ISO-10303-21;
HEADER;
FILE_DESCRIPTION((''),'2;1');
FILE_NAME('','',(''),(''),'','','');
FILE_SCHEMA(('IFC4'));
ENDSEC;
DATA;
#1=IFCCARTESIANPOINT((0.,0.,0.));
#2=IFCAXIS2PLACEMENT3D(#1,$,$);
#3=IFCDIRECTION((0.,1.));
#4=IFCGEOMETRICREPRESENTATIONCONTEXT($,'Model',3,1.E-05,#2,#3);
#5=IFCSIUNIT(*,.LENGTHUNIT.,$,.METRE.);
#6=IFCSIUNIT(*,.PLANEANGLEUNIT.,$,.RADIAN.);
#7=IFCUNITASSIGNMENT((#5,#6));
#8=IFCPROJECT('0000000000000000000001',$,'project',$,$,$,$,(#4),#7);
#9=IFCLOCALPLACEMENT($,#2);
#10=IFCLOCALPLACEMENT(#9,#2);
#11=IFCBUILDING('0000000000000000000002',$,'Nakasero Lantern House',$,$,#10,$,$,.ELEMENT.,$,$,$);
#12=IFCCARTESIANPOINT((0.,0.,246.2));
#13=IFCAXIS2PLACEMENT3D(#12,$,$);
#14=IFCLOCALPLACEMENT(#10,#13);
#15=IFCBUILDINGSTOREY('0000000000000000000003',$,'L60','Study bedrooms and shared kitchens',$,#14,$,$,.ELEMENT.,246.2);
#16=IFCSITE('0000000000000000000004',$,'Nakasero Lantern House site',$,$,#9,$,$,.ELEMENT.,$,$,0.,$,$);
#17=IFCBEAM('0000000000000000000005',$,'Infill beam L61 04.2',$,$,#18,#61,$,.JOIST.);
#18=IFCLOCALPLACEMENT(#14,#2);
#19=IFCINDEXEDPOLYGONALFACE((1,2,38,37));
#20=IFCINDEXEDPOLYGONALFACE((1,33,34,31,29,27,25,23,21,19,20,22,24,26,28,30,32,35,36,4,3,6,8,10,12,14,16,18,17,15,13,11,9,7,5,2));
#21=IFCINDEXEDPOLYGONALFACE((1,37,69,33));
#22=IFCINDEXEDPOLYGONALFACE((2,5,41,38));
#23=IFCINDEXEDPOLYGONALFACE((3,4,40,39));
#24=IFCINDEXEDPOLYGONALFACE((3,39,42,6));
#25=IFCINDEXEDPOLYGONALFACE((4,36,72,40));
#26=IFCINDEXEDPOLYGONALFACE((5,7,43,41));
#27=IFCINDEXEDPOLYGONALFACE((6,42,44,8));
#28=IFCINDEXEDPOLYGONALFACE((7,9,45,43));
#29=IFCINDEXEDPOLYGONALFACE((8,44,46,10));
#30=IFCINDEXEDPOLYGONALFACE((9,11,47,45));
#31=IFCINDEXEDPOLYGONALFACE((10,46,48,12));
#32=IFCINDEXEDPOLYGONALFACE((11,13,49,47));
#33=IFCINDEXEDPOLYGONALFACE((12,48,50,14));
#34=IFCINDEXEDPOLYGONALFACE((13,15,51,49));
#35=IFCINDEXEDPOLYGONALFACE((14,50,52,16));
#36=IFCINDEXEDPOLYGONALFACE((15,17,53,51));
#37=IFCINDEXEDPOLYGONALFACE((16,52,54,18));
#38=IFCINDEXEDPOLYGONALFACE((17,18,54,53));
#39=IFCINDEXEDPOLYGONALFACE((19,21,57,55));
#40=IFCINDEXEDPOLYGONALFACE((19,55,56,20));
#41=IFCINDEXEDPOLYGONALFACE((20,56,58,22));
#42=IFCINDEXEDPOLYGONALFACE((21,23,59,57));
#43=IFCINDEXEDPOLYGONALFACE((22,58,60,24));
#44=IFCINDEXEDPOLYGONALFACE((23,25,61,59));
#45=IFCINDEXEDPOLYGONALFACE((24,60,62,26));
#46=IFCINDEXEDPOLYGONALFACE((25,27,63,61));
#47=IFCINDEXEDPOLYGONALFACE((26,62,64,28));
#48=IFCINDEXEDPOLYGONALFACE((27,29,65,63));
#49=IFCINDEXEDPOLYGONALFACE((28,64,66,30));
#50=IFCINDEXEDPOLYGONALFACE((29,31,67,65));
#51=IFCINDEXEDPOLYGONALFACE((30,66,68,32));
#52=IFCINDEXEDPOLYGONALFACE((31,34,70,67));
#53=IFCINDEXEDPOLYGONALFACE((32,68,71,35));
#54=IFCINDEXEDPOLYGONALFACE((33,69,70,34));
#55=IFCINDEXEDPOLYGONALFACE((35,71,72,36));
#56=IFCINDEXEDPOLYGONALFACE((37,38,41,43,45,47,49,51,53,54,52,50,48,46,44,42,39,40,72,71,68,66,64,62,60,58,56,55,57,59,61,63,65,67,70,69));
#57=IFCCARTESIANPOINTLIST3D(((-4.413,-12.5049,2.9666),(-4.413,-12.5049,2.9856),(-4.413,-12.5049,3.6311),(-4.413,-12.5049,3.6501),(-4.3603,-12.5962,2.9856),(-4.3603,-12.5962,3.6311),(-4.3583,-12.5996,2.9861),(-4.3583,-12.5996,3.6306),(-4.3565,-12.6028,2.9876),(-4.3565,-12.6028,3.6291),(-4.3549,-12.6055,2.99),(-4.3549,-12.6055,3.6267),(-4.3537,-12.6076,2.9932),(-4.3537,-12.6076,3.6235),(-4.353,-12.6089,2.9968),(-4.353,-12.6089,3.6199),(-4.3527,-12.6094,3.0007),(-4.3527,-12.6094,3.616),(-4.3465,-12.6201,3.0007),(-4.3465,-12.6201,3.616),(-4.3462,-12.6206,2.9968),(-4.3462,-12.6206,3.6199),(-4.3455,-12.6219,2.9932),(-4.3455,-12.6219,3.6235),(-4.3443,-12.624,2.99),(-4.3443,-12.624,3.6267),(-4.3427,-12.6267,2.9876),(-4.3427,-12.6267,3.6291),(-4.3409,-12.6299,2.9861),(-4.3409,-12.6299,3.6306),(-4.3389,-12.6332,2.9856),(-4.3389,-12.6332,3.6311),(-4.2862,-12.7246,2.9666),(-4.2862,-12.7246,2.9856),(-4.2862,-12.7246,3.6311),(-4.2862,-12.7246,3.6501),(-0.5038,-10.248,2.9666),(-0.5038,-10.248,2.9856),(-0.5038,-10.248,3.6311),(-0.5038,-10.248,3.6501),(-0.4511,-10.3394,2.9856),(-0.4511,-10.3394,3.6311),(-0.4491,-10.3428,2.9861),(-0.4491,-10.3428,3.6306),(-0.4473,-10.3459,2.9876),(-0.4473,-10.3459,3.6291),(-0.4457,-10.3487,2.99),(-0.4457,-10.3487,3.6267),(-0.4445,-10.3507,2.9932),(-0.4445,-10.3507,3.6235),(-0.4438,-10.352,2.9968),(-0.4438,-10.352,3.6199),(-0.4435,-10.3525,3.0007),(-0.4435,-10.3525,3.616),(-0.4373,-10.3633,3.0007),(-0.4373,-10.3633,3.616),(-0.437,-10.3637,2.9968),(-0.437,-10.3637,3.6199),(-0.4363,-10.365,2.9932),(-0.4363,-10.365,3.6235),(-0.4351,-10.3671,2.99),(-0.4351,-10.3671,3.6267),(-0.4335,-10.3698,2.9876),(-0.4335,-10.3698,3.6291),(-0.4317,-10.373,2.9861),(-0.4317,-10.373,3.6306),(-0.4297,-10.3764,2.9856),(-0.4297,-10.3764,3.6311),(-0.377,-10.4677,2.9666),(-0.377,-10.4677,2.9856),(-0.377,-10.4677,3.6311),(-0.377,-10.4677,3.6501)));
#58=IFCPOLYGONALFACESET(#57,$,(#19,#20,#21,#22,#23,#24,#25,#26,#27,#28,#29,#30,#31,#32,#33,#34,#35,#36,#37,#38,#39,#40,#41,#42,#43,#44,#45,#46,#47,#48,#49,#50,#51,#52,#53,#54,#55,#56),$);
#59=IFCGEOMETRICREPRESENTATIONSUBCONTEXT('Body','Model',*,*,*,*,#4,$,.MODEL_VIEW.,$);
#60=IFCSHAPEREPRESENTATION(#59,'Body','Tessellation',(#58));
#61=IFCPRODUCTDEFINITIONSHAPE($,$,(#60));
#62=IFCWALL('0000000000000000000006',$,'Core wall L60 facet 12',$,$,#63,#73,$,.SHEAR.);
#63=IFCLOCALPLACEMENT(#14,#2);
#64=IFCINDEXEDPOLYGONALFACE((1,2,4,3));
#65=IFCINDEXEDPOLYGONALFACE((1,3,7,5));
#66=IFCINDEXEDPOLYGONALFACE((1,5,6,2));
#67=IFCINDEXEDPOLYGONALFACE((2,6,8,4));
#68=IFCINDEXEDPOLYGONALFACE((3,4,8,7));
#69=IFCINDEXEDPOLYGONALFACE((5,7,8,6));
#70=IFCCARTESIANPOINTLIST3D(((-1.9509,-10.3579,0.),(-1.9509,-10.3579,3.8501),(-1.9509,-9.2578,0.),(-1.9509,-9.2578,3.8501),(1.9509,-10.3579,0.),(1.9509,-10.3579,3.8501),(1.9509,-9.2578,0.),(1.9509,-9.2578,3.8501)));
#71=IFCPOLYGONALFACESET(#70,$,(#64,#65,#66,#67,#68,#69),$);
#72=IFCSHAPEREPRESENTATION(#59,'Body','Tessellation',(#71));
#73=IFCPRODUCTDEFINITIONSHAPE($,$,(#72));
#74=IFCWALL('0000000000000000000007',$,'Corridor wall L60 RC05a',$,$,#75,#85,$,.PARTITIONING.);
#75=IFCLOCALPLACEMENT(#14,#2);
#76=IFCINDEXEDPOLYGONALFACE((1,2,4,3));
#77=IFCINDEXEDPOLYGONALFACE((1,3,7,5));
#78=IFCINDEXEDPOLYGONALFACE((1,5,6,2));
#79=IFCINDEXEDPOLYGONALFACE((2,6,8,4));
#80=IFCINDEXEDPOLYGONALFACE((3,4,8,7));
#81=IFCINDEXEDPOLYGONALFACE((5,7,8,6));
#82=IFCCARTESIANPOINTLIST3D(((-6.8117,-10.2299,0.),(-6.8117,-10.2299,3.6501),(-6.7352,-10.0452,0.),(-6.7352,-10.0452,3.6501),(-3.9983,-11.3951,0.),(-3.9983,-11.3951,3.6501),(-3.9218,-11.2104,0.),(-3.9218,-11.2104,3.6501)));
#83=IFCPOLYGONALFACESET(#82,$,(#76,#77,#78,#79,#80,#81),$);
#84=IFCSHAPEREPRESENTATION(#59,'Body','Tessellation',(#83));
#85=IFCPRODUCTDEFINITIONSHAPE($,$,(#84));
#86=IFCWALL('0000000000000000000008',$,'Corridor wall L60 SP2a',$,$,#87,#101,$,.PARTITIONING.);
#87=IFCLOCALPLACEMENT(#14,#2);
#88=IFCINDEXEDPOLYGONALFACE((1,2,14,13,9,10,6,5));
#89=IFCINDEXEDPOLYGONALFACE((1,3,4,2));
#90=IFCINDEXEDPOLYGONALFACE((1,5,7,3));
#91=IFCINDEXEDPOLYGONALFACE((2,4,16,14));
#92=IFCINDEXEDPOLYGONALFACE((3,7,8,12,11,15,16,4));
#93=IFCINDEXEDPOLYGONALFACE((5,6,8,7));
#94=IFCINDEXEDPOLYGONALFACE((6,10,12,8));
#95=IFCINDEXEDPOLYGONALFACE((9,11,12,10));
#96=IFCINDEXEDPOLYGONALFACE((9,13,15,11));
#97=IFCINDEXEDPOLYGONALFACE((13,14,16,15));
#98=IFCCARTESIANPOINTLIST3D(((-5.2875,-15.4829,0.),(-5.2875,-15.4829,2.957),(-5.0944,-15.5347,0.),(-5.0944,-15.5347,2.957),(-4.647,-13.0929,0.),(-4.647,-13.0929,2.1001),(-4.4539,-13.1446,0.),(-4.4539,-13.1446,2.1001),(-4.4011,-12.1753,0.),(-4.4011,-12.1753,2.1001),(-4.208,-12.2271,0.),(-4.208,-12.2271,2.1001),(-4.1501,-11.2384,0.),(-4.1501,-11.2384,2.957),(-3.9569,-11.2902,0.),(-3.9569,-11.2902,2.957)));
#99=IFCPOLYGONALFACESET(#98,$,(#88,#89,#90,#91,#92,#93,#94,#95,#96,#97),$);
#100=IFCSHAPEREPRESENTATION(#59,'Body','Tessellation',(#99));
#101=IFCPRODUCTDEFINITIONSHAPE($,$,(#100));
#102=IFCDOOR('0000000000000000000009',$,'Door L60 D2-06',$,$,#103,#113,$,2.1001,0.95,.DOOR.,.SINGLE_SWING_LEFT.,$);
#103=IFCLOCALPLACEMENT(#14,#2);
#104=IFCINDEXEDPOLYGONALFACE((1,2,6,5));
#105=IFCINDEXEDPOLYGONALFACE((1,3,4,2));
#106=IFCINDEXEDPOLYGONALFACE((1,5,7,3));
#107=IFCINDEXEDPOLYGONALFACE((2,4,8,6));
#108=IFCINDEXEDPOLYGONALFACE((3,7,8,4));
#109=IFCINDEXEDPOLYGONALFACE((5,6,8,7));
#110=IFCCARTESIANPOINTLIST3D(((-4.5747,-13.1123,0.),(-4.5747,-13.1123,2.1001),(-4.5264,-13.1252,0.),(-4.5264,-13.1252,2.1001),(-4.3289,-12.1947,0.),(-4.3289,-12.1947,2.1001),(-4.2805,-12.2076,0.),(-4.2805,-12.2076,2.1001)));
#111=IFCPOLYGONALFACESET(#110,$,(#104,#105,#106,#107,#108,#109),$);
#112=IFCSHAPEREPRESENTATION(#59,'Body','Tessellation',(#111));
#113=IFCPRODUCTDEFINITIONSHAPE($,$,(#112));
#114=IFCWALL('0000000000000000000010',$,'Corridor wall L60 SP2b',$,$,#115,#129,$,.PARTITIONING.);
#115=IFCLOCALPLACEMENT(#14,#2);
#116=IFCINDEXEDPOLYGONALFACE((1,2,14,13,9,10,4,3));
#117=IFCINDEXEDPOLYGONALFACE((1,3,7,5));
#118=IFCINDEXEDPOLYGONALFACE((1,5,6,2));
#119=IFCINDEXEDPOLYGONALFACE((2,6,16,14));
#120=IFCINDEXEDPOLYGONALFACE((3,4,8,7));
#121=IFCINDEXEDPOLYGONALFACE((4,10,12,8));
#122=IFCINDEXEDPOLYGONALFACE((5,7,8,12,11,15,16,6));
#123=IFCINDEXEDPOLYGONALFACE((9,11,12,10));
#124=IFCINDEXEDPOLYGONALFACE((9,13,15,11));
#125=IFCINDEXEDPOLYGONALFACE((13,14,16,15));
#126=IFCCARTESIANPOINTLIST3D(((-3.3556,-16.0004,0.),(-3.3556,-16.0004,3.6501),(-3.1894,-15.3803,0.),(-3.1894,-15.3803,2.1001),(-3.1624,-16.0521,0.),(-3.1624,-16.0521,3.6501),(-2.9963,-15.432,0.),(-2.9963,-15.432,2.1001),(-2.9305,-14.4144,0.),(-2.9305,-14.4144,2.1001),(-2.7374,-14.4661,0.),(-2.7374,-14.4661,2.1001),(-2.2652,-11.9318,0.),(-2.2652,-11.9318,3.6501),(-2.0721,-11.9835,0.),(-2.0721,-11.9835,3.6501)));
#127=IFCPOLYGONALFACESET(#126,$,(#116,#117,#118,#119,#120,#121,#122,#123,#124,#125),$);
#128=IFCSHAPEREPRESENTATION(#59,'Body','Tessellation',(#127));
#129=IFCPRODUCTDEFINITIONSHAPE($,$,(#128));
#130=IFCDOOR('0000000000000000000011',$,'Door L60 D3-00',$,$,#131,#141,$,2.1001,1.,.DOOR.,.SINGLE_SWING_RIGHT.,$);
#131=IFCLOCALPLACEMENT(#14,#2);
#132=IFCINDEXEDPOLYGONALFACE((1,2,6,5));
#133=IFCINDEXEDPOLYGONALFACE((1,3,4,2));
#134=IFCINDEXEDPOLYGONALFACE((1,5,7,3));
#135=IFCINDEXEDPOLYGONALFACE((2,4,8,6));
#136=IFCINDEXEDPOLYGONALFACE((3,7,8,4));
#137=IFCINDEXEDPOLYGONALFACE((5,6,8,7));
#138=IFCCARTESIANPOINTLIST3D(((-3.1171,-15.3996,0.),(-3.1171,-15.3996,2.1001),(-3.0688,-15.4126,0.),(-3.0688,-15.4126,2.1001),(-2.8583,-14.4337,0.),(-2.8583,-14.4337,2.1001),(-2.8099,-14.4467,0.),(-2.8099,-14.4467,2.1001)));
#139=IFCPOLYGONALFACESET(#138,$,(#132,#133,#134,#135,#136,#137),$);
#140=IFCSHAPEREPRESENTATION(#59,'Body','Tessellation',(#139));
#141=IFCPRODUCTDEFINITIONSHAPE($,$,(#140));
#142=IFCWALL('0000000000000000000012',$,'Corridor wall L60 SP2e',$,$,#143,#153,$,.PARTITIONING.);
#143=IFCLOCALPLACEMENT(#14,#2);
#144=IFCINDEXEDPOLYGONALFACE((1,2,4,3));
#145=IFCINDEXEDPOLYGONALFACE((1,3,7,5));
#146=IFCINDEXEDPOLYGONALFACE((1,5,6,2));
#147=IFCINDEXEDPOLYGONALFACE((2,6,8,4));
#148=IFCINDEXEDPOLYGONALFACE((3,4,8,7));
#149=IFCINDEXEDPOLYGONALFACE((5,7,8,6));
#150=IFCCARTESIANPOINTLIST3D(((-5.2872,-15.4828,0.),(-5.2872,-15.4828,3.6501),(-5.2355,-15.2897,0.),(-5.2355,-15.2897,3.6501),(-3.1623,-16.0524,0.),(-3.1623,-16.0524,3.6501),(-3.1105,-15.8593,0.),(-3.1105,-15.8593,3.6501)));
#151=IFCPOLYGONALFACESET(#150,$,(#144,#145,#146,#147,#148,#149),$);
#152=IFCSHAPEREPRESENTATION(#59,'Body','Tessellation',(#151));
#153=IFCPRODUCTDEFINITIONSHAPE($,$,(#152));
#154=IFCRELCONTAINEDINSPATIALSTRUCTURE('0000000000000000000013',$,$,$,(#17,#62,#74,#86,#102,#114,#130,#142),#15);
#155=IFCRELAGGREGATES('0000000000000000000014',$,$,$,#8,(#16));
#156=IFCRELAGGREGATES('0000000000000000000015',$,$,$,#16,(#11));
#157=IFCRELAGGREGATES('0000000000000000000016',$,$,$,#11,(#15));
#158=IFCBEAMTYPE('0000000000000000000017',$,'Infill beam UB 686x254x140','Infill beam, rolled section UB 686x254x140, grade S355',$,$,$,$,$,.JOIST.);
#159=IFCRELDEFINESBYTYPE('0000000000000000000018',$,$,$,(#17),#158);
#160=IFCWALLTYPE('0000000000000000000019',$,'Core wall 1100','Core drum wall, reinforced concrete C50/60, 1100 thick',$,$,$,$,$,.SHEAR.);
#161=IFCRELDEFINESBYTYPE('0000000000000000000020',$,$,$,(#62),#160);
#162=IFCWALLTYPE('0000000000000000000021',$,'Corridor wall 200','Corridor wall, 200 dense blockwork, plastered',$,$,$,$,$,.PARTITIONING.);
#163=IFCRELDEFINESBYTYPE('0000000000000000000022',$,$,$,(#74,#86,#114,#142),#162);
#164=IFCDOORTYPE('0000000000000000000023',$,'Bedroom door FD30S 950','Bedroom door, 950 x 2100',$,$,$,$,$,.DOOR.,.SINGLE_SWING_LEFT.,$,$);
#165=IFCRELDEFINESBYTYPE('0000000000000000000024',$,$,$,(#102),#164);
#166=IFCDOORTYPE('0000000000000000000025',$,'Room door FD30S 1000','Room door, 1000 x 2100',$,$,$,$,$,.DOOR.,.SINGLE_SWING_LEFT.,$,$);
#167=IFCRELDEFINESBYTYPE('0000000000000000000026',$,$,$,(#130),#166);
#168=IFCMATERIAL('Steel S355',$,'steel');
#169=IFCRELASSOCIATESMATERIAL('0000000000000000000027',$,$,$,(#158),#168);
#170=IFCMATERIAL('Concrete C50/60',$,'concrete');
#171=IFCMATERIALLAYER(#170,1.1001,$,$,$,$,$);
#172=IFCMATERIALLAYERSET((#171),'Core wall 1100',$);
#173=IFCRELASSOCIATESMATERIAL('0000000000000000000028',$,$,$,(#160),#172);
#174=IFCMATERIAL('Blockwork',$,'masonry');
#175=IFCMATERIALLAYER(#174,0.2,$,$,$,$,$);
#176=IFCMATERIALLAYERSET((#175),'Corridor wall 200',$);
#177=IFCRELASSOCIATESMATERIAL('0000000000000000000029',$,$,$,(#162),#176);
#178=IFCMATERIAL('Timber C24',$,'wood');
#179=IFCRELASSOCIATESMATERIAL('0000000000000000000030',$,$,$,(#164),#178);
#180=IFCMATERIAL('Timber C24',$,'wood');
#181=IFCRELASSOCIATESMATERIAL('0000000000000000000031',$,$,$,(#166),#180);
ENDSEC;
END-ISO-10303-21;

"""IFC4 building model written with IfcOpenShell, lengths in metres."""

from ifc_helpers import new_model, si_unit, direction, frame, frame_2d, origin, origin_2d, place, context, subcontext, project, spatial, rectangle, i_section, extrude, material, layer, layer_set, material_profile, profile_set, type_object, element, fill, save


model = new_model("IFC4")

# Units and contexts
model_context = context("Model", 3, precision=1e-05, world=origin(), true_north=direction((0.0, 1.0)))
body_context = subcontext(model_context, "Body", "Model", "MODEL_VIEW")
ifc_project = project(units=[si_unit("LENGTHUNIT", "METRE"), si_unit("PLANEANGLEUNIT", "RADIAN")], contexts=[model_context])

# Site, building, storey
site_placement = place(None, origin())
site = spatial("IfcSite", under=ifc_project, at=site_placement, Name="Nakasero Lantern House site", CompositionType="ELEMENT", RefElevation=0.0)
building_placement = place(site_placement, origin())
building = spatial("IfcBuilding", under=site, at=building_placement, Name="Nakasero Lantern House", CompositionType="ELEMENT")
storey_placement = place(building_placement, frame((0.0, 0.0, 246.2)))
storey = spatial("IfcBuildingStorey", under=building, at=storey_placement, Name="L60", Description="Study bedrooms and shared kitchens", CompositionType="ELEMENT", Elevation=246.2)

# Beam
ifc_material_1 = material(Name="Steel S355", Category="steel")
ifc_material_profile = material_profile(ifc_material_1, i_section(OverallWidth=0.2537, OverallDepth=0.6836, WebThickness=0.0125, FlangeThickness=0.019, FilletRadius=0.0151, at=origin_2d()), Name="UB 686x254x140")
ifc_profile_set = profile_set([ifc_material_profile], Name="Steel S355")
beam_type = type_object("IfcBeamType", Name="Infill beam UB 686x254x140", Description="Infill beam, rolled section UB 686x254x140, grade S355", PredefinedType="JOIST", material=ifc_profile_set)
beam_placement = place(storey_placement, frame((-4.3496, -12.6147, 3.3083), z_axis=(0.866038, 0.499978, 0.0), x_axis=(-0.499978, 0.866038, 0.0)))
element("IfcBeam", 1, at=beam_placement, inside=storey, type_object=beam_type, Name="Infill beam L61 04.2", PredefinedType="JOIST", context=body_context, shape_type="SweptSolid", body=[
    extrude(i_section(OverallWidth=0.2537, OverallDepth=0.6836, WebThickness=0.0125, FlangeThickness=0.019, FilletRadius=0.0151, at=origin_2d()), origin(), (0.0, 0.0, 1.0), 4.5139),
])

# Walls
ifc_material_2 = material(Name="Concrete C50/60", Category="concrete")
ifc_layer_1 = layer(ifc_material_2, 1.1001)
ifc_layer_set_1 = layer_set([ifc_layer_1], Name="Core wall 1100")
wall_type_1 = type_object("IfcWallType", Name="Core wall 1100", Description="Core drum wall, reinforced concrete C50/60, 1100 thick", PredefinedType="SHEAR", material=ifc_layer_set_1)
wall_1_placement = place(storey_placement, frame((-1.9509, -9.8079, 0.0), z_axis=(0.0, 0.0, 1.0), x_axis=(1.0, 0.0, 0.0)))
element("IfcWall", 2, at=wall_1_placement, inside=storey, type_object=wall_type_1, Name="Core wall L60 facet 12", PredefinedType="SHEAR", context=body_context, shape_type="SweptSolid", body=[
    extrude(rectangle(XDim=3.9019, YDim=1.1001, at=frame_2d((1.9509, 0.0))), origin(), (0.0, 0.0, 1.0), 3.8501),
])
ifc_material_3 = material(Name="Blockwork", Category="masonry")
ifc_layer_2 = layer(ifc_material_3, 0.2)
ifc_layer_set_2 = layer_set([ifc_layer_2], Name="Corridor wall 200")
wall_type_2 = type_object("IfcWallType", Name="Corridor wall 200", Description="Corridor wall, 200 dense blockwork, plastered", PredefinedType="PARTITIONING", material=ifc_layer_set_2)
wall_2_placement = place(storey_placement, frame((-3.9602, -11.3027, 0.0), z_axis=(0.0, 0.0, 1.0), x_axis=(-0.923891, 0.382656, 0.0)))
element("IfcWall", 3, at=wall_2_placement, inside=storey, type_object=wall_type_2, Name="Corridor wall L60 RC05a", PredefinedType="PARTITIONING", context=body_context, shape_type="SweptSolid", body=[
    extrude(rectangle(XDim=3.0452, YDim=0.2, at=frame_2d((1.5225, 0.0))), origin(), (0.0, 0.0, 1.0), 3.6501),
])

# Walls, openings, doors
wall_3_placement = place(storey_placement, frame((-4.0535, -11.2642, 0.0), z_axis=(0.0, 0.0, 1.0), x_axis=(-0.258842, -0.96592, 0.0)))
wall_3 = element("IfcWall", 4, at=wall_3_placement, inside=storey, type_object=wall_type_2, Name="Corridor wall L60 SP2a", PredefinedType="PARTITIONING", context=body_context, shape_type="SweptSolid", body=[
    extrude(rectangle(XDim=4.3943, YDim=0.2, at=frame_2d((2.1973, 0.0))), origin(), (0.0, 0.0, 1.0), 2.957),
])
opening_1_placement = place(wall_3_placement, frame((0.97, 0.0, 0.0)))
opening_1 = element("IfcOpeningElement", 5, at=opening_1_placement, cuts=wall_3, PredefinedType="OPENING", context=body_context, shape_type="SweptSolid", body=[
    extrude(rectangle(XDim=0.95, YDim=2.1001, at=frame_2d((0.4751, 1.05))), frame((0.0, 0.1199, 0.0), z_axis=(0.0, -1.0, 0.0), x_axis=(1.0, 0.0, 0.0)), (0.0, 0.0, 1.0), 0.24),
])
ifc_material_4 = material(Name="Timber C24", Category="wood")
door_type_1 = type_object("IfcDoorType", Name="Bedroom door FD30S 950", Description="Bedroom door, 950 x 2100", OperationType="SINGLE_SWING_LEFT", PredefinedType="DOOR", material=ifc_material_4)
door_1_placement = place(opening_1_placement, origin())
door_1 = element("IfcDoor", 6, at=door_1_placement, inside=storey, type_object=door_type_1, Name="Door L60 D2-06", OperationType="SINGLE_SWING_LEFT", OverallHeight=2.1001, OverallWidth=0.95, PredefinedType="DOOR", context=body_context, shape_type="SweptSolid", body=[
    extrude(rectangle(XDim=0.95, YDim=2.1001, at=frame_2d((0.4751, 1.05))), frame((0.0, 0.0249, 0.0), z_axis=(0.0, -1.0, 0.0), x_axis=(1.0, 0.0, 0.0)), (0.0, 0.0, 1.0), 0.05),
])
fill(opening_1, door_1)
wall_4_placement = place(storey_placement, frame((-2.1687, -11.9578, 0.0), z_axis=(0.0, 0.0, 1.0), x_axis=(-0.258853, -0.965917, 0.0)))
wall_4 = element("IfcWall", 7, at=wall_4_placement, inside=storey, type_object=wall_type_2, Name="Corridor wall L60 SP2b", PredefinedType="PARTITIONING", context=body_context, shape_type="SweptSolid", body=[
    extrude(rectangle(XDim=4.2122, YDim=0.2, at=frame_2d((2.106, 0.0))), origin(), (0.0, 0.0, 1.0), 3.6501),
])
opening_2_placement = place(wall_4_placement, frame((2.5701, 0.0, 0.0)))
opening_2 = element("IfcOpeningElement", 8, at=opening_2_placement, cuts=wall_4, PredefinedType="OPENING", context=body_context, shape_type="SweptSolid", body=[
    extrude(rectangle(XDim=1.0, YDim=2.1001, at=frame_2d((0.5, 1.05))), frame((0.0, 0.1199, 0.0), z_axis=(0.0, -1.0, 0.0), x_axis=(1.0, 0.0, 0.0)), (0.0, 0.0, 1.0), 0.24),
])
ifc_material_5 = material(Name="Timber C24", Category="wood")
door_type_2 = type_object("IfcDoorType", Name="Room door FD30S 1000", Description="Room door, 1000 x 2100", OperationType="SINGLE_SWING_LEFT", PredefinedType="DOOR", material=ifc_material_5)
door_2_placement = place(opening_2_placement, origin())
door_2 = element("IfcDoor", 9, at=door_2_placement, inside=storey, type_object=door_type_2, Name="Door L60 D3-00", OperationType="SINGLE_SWING_RIGHT", OverallHeight=2.1001, OverallWidth=1.0, PredefinedType="DOOR", context=body_context, shape_type="SweptSolid", body=[
    extrude(rectangle(XDim=1.0, YDim=2.1001, at=frame_2d((0.5, 1.05))), frame((0.0, 0.0249, 0.0), z_axis=(0.0, -1.0, 0.0), x_axis=(1.0, 0.0, 0.0)), (0.0, 0.0, 1.0), 0.05),
])
fill(opening_2, door_2)

# Wall
wall_5_placement = place(storey_placement, frame((-5.2615, -15.3862, 0.0), z_axis=(0.0, 0.0, 1.0), x_axis=(0.965904, -0.258899, 0.0)))
element("IfcWall", 10, at=wall_5_placement, inside=storey, type_object=wall_type_2, Name="Corridor wall L60 SP2e", PredefinedType="PARTITIONING", context=body_context, shape_type="SweptSolid", body=[
    extrude(rectangle(XDim=2.2, YDim=0.2, at=frame_2d((1.1001, 0.0))), origin(), (0.0, 0.0, 1.0), 3.6501),
])

save(model, "model.ifc")
